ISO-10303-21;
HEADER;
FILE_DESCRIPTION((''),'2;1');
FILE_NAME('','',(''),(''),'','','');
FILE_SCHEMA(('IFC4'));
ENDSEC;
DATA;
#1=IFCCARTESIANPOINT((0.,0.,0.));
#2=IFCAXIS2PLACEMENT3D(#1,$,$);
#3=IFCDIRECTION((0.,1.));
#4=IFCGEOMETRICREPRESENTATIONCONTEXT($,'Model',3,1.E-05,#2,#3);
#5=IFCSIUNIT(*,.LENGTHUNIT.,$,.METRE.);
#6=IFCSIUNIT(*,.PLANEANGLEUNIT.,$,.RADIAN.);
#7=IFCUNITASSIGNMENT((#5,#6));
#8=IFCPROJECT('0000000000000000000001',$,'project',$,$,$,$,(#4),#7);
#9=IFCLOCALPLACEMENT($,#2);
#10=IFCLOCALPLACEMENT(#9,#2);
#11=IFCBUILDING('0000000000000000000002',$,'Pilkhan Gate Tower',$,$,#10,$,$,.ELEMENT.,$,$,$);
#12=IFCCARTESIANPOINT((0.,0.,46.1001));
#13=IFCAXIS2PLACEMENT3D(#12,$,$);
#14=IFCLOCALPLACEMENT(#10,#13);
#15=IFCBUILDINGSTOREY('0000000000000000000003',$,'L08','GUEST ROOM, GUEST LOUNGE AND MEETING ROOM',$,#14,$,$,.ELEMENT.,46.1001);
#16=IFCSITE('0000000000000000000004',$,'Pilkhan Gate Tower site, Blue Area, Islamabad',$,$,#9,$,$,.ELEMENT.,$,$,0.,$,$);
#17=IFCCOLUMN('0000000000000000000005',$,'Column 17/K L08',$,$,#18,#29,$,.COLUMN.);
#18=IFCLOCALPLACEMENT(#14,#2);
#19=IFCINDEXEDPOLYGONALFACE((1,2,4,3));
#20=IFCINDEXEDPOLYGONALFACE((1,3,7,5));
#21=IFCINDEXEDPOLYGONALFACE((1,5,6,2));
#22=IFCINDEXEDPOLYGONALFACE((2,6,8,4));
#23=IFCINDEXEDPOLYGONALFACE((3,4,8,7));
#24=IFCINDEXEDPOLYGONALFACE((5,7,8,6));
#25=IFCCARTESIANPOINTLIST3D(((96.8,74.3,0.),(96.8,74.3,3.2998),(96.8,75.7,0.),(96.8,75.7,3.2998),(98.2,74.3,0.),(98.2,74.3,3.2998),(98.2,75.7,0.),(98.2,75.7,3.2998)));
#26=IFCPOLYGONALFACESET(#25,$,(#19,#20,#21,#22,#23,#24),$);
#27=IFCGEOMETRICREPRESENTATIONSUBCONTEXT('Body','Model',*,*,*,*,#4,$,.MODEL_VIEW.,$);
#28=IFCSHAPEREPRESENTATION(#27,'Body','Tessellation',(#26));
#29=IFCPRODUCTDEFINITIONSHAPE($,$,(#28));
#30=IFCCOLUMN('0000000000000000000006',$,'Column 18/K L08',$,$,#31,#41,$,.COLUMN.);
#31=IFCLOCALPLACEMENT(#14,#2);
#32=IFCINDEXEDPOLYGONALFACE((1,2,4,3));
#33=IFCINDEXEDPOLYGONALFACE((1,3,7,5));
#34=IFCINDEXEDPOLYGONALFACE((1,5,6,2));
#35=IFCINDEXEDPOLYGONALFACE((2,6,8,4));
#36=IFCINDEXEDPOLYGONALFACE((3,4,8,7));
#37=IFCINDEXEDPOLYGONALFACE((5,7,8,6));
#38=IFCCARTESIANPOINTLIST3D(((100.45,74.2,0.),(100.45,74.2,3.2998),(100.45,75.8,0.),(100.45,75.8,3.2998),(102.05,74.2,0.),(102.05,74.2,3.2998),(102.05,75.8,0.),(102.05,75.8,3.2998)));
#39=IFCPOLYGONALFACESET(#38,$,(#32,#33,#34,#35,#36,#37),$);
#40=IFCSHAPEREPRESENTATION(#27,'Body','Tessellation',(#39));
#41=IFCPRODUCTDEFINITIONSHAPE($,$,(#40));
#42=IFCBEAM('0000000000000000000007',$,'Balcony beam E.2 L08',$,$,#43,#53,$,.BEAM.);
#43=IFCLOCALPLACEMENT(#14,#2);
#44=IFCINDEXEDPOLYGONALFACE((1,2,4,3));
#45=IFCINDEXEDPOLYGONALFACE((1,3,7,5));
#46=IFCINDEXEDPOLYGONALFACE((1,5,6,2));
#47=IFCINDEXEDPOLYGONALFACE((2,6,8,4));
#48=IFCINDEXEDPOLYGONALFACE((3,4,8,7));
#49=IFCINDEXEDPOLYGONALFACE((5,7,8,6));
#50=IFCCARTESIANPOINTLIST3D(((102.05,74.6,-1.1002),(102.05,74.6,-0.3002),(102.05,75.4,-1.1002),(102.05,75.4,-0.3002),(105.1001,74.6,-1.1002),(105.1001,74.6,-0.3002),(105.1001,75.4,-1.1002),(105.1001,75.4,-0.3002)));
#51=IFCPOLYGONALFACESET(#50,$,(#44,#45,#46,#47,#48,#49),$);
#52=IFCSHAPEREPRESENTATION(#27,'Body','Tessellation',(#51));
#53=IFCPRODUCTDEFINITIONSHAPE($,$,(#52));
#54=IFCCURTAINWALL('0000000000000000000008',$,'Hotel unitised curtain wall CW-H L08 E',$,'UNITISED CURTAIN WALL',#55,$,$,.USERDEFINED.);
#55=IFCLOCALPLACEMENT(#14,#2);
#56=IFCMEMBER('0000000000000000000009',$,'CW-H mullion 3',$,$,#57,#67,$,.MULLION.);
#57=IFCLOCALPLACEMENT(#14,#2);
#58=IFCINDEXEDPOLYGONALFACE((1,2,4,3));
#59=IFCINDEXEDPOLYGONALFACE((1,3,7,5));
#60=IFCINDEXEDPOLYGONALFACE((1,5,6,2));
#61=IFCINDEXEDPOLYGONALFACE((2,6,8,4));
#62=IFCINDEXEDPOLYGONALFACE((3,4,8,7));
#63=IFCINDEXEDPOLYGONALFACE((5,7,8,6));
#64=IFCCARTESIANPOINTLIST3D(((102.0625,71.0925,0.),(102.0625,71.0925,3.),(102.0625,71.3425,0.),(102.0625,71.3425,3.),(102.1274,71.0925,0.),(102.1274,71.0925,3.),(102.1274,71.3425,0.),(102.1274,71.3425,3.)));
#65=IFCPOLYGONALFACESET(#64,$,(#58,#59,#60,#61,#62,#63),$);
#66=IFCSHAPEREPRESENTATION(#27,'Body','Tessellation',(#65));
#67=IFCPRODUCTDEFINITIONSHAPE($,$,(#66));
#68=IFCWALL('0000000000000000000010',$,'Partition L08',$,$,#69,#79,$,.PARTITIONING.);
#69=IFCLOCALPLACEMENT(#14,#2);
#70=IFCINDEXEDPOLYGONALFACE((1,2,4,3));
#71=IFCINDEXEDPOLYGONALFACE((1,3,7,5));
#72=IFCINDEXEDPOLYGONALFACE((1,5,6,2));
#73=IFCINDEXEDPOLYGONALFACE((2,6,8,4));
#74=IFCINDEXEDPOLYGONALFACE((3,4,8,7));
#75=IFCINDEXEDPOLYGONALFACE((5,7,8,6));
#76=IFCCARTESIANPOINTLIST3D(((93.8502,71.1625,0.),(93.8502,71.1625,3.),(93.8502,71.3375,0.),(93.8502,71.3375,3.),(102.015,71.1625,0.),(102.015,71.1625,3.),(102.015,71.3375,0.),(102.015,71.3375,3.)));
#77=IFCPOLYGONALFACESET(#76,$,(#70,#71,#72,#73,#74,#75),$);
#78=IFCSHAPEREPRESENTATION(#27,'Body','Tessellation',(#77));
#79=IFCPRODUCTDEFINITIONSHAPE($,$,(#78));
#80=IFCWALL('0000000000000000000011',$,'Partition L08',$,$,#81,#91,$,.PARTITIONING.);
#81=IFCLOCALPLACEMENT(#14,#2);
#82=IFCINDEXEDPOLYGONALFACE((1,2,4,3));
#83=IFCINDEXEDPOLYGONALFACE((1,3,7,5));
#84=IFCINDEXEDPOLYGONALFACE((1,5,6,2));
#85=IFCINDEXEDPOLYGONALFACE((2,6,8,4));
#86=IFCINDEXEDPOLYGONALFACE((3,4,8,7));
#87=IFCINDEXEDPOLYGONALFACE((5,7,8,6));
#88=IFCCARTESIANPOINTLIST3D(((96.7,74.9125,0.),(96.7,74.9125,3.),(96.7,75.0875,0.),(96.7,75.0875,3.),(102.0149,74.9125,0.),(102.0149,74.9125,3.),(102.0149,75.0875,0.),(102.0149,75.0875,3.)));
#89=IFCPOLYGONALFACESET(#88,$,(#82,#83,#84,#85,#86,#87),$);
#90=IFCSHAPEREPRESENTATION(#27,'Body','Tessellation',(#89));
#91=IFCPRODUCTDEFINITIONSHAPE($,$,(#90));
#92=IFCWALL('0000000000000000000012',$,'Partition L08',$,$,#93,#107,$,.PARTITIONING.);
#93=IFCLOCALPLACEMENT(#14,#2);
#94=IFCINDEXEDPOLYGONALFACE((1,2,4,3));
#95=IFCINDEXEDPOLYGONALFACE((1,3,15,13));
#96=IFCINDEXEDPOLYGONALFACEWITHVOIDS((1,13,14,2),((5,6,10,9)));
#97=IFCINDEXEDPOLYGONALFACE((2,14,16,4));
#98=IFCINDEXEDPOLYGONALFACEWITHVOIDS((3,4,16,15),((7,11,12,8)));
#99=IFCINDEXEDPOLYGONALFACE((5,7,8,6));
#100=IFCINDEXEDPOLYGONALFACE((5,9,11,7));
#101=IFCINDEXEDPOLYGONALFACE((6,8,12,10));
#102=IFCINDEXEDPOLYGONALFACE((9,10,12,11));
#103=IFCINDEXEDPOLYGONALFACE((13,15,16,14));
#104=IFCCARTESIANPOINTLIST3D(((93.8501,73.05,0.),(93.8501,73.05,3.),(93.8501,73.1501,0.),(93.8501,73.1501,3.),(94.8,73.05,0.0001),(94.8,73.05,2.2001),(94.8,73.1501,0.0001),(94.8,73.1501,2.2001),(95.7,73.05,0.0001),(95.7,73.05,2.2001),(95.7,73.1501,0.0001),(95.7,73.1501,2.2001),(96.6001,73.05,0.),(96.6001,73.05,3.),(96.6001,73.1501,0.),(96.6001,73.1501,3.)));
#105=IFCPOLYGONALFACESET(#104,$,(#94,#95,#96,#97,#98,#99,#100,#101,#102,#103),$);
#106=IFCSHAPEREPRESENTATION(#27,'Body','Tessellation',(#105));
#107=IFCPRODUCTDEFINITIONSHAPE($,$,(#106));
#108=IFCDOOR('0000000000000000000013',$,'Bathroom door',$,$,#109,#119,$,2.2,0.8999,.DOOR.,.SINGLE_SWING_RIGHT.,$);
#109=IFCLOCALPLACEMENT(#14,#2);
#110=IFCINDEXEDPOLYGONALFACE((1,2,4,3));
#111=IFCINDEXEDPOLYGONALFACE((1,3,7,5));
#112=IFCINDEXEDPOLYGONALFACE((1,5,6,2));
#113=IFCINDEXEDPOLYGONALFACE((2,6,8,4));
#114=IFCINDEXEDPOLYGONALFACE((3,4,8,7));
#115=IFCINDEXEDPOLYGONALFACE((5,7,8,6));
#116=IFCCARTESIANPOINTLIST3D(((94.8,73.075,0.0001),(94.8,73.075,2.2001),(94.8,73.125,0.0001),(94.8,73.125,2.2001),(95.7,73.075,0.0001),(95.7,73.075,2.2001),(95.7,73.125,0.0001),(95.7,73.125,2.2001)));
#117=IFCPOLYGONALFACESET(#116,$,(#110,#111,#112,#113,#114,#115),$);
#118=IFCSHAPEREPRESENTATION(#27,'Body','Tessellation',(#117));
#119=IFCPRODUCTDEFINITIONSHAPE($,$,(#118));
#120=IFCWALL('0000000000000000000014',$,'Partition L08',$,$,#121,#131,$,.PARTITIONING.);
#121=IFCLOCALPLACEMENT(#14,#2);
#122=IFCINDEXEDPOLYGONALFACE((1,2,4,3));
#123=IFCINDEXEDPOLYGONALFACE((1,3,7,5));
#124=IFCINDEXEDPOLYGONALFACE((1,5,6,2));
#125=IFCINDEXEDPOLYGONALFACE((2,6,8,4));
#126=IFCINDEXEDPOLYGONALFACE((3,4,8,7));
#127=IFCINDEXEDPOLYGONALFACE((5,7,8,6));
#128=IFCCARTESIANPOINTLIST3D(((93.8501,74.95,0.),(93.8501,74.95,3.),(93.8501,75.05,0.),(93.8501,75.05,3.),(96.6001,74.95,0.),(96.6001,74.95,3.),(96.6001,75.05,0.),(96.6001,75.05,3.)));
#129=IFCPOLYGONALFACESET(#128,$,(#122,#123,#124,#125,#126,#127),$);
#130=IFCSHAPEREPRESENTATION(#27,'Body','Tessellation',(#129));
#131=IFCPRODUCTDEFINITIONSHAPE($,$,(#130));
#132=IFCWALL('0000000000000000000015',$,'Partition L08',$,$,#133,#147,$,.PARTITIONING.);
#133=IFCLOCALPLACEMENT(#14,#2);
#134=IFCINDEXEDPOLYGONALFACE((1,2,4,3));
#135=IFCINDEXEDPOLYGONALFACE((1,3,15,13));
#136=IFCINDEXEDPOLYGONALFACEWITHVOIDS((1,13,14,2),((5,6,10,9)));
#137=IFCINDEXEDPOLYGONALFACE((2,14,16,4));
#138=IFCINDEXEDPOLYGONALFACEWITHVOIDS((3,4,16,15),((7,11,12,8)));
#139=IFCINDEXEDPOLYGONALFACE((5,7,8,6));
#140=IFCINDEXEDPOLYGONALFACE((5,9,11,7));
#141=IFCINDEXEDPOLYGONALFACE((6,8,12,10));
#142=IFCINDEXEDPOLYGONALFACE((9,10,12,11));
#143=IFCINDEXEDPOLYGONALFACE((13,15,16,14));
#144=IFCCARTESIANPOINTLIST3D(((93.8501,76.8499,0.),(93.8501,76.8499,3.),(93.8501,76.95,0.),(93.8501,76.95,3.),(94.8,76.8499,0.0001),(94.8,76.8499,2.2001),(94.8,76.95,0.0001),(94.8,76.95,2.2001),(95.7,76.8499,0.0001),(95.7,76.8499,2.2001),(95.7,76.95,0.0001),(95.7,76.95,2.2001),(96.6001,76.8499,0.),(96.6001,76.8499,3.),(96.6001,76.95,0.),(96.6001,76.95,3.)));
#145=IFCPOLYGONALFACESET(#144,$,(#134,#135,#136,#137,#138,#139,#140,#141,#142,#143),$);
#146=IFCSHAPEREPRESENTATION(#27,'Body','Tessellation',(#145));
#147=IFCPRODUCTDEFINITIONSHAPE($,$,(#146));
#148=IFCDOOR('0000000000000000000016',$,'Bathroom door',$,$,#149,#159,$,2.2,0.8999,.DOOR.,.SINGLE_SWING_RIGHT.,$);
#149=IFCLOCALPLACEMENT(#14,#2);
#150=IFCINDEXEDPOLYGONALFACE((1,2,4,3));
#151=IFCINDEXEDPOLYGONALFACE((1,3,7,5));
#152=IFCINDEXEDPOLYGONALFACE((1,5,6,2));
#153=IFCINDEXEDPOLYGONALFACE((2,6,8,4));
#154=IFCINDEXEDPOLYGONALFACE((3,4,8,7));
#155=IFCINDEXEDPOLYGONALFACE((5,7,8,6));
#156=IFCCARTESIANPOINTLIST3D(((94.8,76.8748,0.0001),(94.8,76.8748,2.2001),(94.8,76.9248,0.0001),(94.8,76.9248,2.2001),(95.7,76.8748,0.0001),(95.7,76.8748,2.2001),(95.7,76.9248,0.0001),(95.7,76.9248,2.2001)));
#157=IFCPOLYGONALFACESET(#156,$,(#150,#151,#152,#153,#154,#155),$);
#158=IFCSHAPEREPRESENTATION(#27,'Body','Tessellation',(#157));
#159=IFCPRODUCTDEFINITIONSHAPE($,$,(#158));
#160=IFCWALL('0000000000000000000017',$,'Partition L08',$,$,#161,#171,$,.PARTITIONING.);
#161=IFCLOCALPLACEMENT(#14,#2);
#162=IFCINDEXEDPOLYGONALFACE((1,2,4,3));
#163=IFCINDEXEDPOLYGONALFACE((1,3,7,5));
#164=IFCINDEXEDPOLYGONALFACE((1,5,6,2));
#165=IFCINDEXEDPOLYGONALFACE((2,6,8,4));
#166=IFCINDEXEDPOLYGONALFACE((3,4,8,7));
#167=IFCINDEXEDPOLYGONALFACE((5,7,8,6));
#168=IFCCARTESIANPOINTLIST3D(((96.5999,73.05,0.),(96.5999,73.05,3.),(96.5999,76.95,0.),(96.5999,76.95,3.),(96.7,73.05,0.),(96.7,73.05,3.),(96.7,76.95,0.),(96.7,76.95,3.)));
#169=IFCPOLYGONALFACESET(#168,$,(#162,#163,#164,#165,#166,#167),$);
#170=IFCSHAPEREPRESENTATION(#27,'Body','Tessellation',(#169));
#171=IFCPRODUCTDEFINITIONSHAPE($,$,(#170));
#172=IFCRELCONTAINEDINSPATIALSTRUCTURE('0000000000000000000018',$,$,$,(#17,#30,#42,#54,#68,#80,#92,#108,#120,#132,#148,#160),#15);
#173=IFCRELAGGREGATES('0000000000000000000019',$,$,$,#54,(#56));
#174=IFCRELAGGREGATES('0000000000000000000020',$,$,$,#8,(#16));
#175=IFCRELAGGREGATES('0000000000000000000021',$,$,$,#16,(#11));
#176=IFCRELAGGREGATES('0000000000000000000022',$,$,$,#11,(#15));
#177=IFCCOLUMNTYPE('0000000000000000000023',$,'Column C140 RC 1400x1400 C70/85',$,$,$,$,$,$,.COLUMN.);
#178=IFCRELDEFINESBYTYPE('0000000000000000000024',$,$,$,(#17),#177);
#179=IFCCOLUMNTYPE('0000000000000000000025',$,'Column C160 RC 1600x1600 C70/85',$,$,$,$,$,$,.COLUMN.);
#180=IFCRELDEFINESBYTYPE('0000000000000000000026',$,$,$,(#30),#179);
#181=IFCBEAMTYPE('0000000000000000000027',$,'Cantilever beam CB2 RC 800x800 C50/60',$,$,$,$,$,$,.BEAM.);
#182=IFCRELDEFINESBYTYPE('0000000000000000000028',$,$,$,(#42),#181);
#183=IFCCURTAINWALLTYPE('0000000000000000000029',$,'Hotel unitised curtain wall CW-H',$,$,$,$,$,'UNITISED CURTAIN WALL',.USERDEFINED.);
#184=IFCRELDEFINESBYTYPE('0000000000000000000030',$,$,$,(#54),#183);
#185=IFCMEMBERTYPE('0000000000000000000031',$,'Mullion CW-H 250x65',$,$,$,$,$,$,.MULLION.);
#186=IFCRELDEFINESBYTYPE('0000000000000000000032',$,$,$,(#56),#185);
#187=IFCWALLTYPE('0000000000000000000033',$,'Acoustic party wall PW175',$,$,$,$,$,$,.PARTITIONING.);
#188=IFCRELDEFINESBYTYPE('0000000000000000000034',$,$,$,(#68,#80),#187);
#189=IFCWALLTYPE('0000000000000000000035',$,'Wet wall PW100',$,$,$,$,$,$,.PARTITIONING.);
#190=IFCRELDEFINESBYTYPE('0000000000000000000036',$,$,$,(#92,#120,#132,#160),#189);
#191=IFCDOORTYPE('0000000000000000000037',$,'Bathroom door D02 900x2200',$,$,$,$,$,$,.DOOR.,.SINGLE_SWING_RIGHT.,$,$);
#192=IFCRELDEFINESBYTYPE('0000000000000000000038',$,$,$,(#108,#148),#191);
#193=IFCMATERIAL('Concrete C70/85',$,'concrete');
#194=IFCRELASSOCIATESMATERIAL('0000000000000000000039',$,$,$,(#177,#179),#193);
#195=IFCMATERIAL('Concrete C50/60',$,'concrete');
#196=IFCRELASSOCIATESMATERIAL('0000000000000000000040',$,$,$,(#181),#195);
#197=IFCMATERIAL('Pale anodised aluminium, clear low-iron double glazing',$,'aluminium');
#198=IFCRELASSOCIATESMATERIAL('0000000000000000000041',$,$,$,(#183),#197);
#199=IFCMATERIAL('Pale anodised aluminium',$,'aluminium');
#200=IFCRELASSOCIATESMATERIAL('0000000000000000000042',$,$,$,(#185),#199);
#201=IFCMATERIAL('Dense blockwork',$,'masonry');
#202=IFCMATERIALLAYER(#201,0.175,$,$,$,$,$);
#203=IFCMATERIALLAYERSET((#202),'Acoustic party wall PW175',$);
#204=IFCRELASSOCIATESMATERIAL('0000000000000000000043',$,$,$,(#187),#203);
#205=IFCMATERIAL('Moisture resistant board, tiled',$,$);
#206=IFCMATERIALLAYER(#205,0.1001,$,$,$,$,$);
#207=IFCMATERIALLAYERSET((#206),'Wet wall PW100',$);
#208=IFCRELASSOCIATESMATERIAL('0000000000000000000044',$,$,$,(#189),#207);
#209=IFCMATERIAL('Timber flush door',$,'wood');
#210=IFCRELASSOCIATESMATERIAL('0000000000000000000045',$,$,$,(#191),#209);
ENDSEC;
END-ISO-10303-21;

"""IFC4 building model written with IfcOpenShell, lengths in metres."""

from ifc_helpers import new_model, si_unit, direction, frame, frame_2d, origin, origin_2d, place, context, subcontext, project, spatial, rectangle, extrude, material, layer, layer_set, material_profile, profile_set, type_object, element, fill, aggregate, save


model = new_model("IFC4")

# Units and contexts
model_context = context("Model", 3, precision=1e-05, world=origin(), true_north=direction((0.0, 1.0)))
body_context = subcontext(model_context, "Body", "Model", "MODEL_VIEW")
ifc_project = project(units=[si_unit("LENGTHUNIT", "METRE"), si_unit("PLANEANGLEUNIT", "RADIAN")], contexts=[model_context])

# Site, building, storey
site_placement = place(None, origin())
site = spatial("IfcSite", under=ifc_project, at=site_placement, Name="Pilkhan Gate Tower site, Blue Area, Islamabad", CompositionType="ELEMENT", RefElevation=0.0)
building_placement = place(site_placement, origin())
building = spatial("IfcBuilding", under=site, at=building_placement, Name="Pilkhan Gate Tower", CompositionType="ELEMENT")
storey_placement = place(building_placement, frame((0.0, 0.0, 46.1001)))
storey = spatial("IfcBuildingStorey", under=building, at=storey_placement, Name="L08", Description="GUEST ROOM, GUEST LOUNGE AND MEETING ROOM", CompositionType="ELEMENT", Elevation=46.1001)

# Columns
ifc_material_1 = material(Name="Concrete C70/85", Category="concrete")
ifc_material_profile_1 = material_profile(ifc_material_1, rectangle(XDim=1.3999, YDim=1.3999, at=origin_2d()), Name="RC 1400x1400")
ifc_profile_set_1 = profile_set([ifc_material_profile_1], Name="Concrete C70/85")
column_type_1 = type_object("IfcColumnType", Name="Column C140 RC 1400x1400 C70/85", PredefinedType="COLUMN", material=ifc_profile_set_1)
column_1_placement = place(storey_placement, frame((97.5, 75.0, 0.0), z_axis=(0.0, 0.0, 1.0), x_axis=(1.0, 0.0, 0.0)))
element("IfcColumn", 1, at=column_1_placement, inside=storey, type_object=column_type_1, Name="Column 17/K L08", PredefinedType="COLUMN", context=body_context, shape_type="SweptSolid", body=[
    extrude(rectangle(XDim=1.3999, YDim=1.3999, at=origin_2d()), origin(), (0.0, 0.0, 1.0), 3.2998),
])
ifc_material_profile_2 = material_profile(ifc_material_1, rectangle(XDim=1.6001, YDim=1.6001, at=origin_2d()), Name="RC 1600x1600")
ifc_profile_set_2 = profile_set([ifc_material_profile_2], Name="Concrete C70/85")
column_type_2 = type_object("IfcColumnType", Name="Column C160 RC 1600x1600 C70/85", PredefinedType="COLUMN", material=ifc_profile_set_2)
column_2_placement = place(storey_placement, frame((101.25, 75.0, 0.0), z_axis=(0.0, 0.0, 1.0), x_axis=(1.0, 0.0, 0.0)))
element("IfcColumn", 2, at=column_2_placement, inside=storey, type_object=column_type_2, Name="Column 18/K L08", PredefinedType="COLUMN", context=body_context, shape_type="SweptSolid", body=[
    extrude(rectangle(XDim=1.6001, YDim=1.6001, at=origin_2d()), origin(), (0.0, 0.0, 1.0), 3.2998),
])

# Beam
ifc_material_2 = material(Name="Concrete C50/60", Category="concrete")
ifc_material_profile_3 = material_profile(ifc_material_2, rectangle(XDim=0.8, YDim=0.8, at=origin_2d()), Name="RC 800x800")
ifc_profile_set_3 = profile_set([ifc_material_profile_3], Name="Concrete C50/60")
beam_type = type_object("IfcBeamType", Name="Cantilever beam CB2 RC 800x800 C50/60", PredefinedType="BEAM", material=ifc_profile_set_3)
beam_placement = place(storey_placement, frame((102.05, 75.0, -0.7002), z_axis=(1.0, 0.0, 0.0), x_axis=(0.0, 1.0, 0.0)))
element("IfcBeam", 3, at=beam_placement, inside=storey, type_object=beam_type, Name="Balcony beam E.2 L08", PredefinedType="BEAM", context=body_context, shape_type="SweptSolid", body=[
    extrude(rectangle(XDim=0.8, YDim=0.8, at=origin_2d()), origin(), (0.0, 0.0, 1.0), 3.05),
])

# Curtain wall, member
ifc_material_3 = material(Name="Pale anodised aluminium, clear low-iron double glazing", Category="aluminium")
curtain_wall_type = type_object("IfcCurtainWallType", Name="Hotel unitised curtain wall CW-H", ElementType="UNITISED CURTAIN WALL", PredefinedType="USERDEFINED", material=ifc_material_3)
curtain_wall_placement = place(storey_placement, origin())
curtain_wall = element("IfcCurtainWall", 4, at=curtain_wall_placement, inside=storey, type_object=curtain_wall_type, Name="Hotel unitised curtain wall CW-H L08 E", ObjectType="UNITISED CURTAIN WALL", PredefinedType="USERDEFINED")
ifc_material_4 = material(Name="Pale anodised aluminium", Category="aluminium")
ifc_material_profile_4 = material_profile(ifc_material_4, rectangle(XDim=0.0649, YDim=0.25, at=origin_2d()), Name="Mullion 250x65")
ifc_profile_set_4 = profile_set([ifc_material_profile_4], Name="Pale anodised aluminium")
member_type = type_object("IfcMemberType", Name="Mullion CW-H 250x65", PredefinedType="MULLION", material=ifc_profile_set_4)
member_placement = place(storey_placement, frame((102.095, 71.2175, 0.0), z_axis=(0.0, 0.0, 1.0), x_axis=(-1.0, 0.0, 0.0)))
member = element("IfcMember", 5, at=member_placement, type_object=member_type, Name="CW-H mullion 3", PredefinedType="MULLION", context=body_context, shape_type="SweptSolid", body=[
    extrude(rectangle(XDim=0.0649, YDim=0.25, at=origin_2d()), origin(), (0.0, 0.0, 1.0), 3.0),
])
aggregate(curtain_wall, [member])

# Walls
ifc_material_5 = material(Name="Dense blockwork", Category="masonry")
ifc_layer_1 = layer(ifc_material_5, 0.175)
ifc_layer_set_1 = layer_set([ifc_layer_1], Name="Acoustic party wall PW175")
wall_type_1 = type_object("IfcWallType", Name="Acoustic party wall PW175", PredefinedType="PARTITIONING", material=ifc_layer_set_1)
wall_1_placement = place(storey_placement, frame((93.8501, 71.25, 0.0), z_axis=(0.0, 0.0, 1.0), x_axis=(1.0, 0.0, 0.0)))
element("IfcWall", 6, at=wall_1_placement, inside=storey, type_object=wall_type_1, Name="Partition L08", PredefinedType="PARTITIONING", context=body_context, shape_type="SweptSolid", body=[
    extrude(rectangle(XDim=8.1648, YDim=0.175, at=frame_2d((4.0825, 0.0))), origin(), (0.0, 0.0, 1.0), 3.0),
])
wall_2_placement = place(storey_placement, frame((96.7, 75.0, 0.0), z_axis=(0.0, 0.0, 1.0), x_axis=(1.0, 0.0, 0.0)))
element("IfcWall", 7, at=wall_2_placement, inside=storey, type_object=wall_type_1, Name="Partition L08", PredefinedType="PARTITIONING", context=body_context, shape_type="SweptSolid", body=[
    extrude(rectangle(XDim=5.3149, YDim=0.175, at=frame_2d((2.6575, 0.0))), origin(), (0.0, 0.0, 1.0), 3.0),
])

# Wall, opening, door
ifc_material_6 = material(Name="Moisture resistant board, tiled")
ifc_layer_2 = layer(ifc_material_6, 0.1001)
ifc_layer_set_2 = layer_set([ifc_layer_2], Name="Wet wall PW100")
wall_type_2 = type_object("IfcWallType", Name="Wet wall PW100", PredefinedType="PARTITIONING", material=ifc_layer_set_2)
wall_3_placement = place(storey_placement, frame((93.8501, 73.1001, 0.0), z_axis=(0.0, 0.0, 1.0), x_axis=(1.0, 0.0, 0.0)))
wall_3 = element("IfcWall", 8, at=wall_3_placement, inside=storey, type_object=wall_type_2, Name="Partition L08", PredefinedType="PARTITIONING", context=body_context, shape_type="SweptSolid", body=[
    extrude(rectangle(XDim=2.75, YDim=0.1001, at=frame_2d((1.375, 0.0))), origin(), (0.0, 0.0, 1.0), 3.0),
])
opening_1_placement = place(wall_3_placement, frame((0.95, 0.0, 0.0)))
opening_1 = element("IfcOpeningElement", 9, at=opening_1_placement, cuts=wall_3, PredefinedType="OPENING", context=body_context, shape_type="SweptSolid", body=[
    extrude(rectangle(XDim=0.8999, YDim=2.2, at=frame_2d((0.45, 1.1001))), frame((0.0, 0.0601, 0.0), z_axis=(0.0, -1.0, 0.0), x_axis=(1.0, 0.0, 0.0)), (0.0, 0.0, 1.0), 0.1201),
])
ifc_material_7 = material(Name="Timber flush door", Category="wood")
door_type_1 = type_object("IfcDoorType", Name="Bathroom door D02 900x2200", OperationType="SINGLE_SWING_RIGHT", PredefinedType="DOOR", material=ifc_material_7)
door_1_placement = place(opening_1_placement, origin())
door_1 = element("IfcDoor", 10, at=door_1_placement, inside=storey, type_object=door_type_1, Name="Bathroom door", OperationType="SINGLE_SWING_RIGHT", OverallHeight=2.2, OverallWidth=0.8999, PredefinedType="DOOR", context=body_context, shape_type="SweptSolid", body=[
    extrude(rectangle(XDim=0.8999, YDim=2.2, at=frame_2d((0.45, 1.1001))), frame((0.0, 0.0249, 0.0), z_axis=(0.0, -1.0, 0.0), x_axis=(1.0, 0.0, 0.0)), (0.0, 0.0, 1.0), 0.05),
])
fill(opening_1, door_1)

# Wall
wall_4_placement = place(storey_placement, frame((93.8501, 75.0, 0.0), z_axis=(0.0, 0.0, 1.0), x_axis=(1.0, 0.0, 0.0)))
element("IfcWall", 11, at=wall_4_placement, inside=storey, type_object=wall_type_2, Name="Partition L08", PredefinedType="PARTITIONING", context=body_context, shape_type="SweptSolid", body=[
    extrude(rectangle(XDim=2.75, YDim=0.1001, at=frame_2d((1.375, 0.0))), origin(), (0.0, 0.0, 1.0), 3.0),
])

# Wall, opening, door
wall_5_placement = place(storey_placement, frame((93.8501, 76.8999, 0.0), z_axis=(0.0, 0.0, 1.0), x_axis=(1.0, 0.0, 0.0)))
wall_5 = element("IfcWall", 12, at=wall_5_placement, inside=storey, type_object=wall_type_2, Name="Partition L08", PredefinedType="PARTITIONING", context=body_context, shape_type="SweptSolid", body=[
    extrude(rectangle(XDim=2.75, YDim=0.1001, at=frame_2d((1.375, 0.0))), origin(), (0.0, 0.0, 1.0), 3.0),
])
opening_2_placement = place(wall_5_placement, frame((0.95, 0.0, 0.0)))
opening_2 = element("IfcOpeningElement", 13, at=opening_2_placement, cuts=wall_5, PredefinedType="OPENING", context=body_context, shape_type="SweptSolid", body=[
    extrude(rectangle(XDim=0.8999, YDim=2.2, at=frame_2d((0.45, 1.1001))), frame((0.0, 0.0601, 0.0), z_axis=(0.0, -1.0, 0.0), x_axis=(1.0, 0.0, 0.0)), (0.0, 0.0, 1.0), 0.1201),
])
door_2_placement = place(opening_2_placement, origin())
door_2 = element("IfcDoor", 14, at=door_2_placement, inside=storey, type_object=door_type_1, Name="Bathroom door", OperationType="SINGLE_SWING_RIGHT", OverallHeight=2.2, OverallWidth=0.8999, PredefinedType="DOOR", context=body_context, shape_type="SweptSolid", body=[
    extrude(rectangle(XDim=0.8999, YDim=2.2, at=frame_2d((0.45, 1.1001))), frame((0.0, 0.0249, 0.0), z_axis=(0.0, -1.0, 0.0), x_axis=(1.0, 0.0, 0.0)), (0.0, 0.0, 1.0), 0.05),
])
fill(opening_2, door_2)

# Wall
wall_6_placement = place(storey_placement, frame((96.6499, 73.05, 0.0), z_axis=(0.0, 0.0, 1.0), x_axis=(0.0, 1.0, 0.0)))
element("IfcWall", 15, at=wall_6_placement, inside=storey, type_object=wall_type_2, Name="Partition L08", PredefinedType="PARTITIONING", context=body_context, shape_type="SweptSolid", body=[
    extrude(rectangle(XDim=3.8999, YDim=0.1001, at=frame_2d((1.95, 0.0))), origin(), (0.0, 0.0, 1.0), 3.0),
])

save(model, "model.ifc")
